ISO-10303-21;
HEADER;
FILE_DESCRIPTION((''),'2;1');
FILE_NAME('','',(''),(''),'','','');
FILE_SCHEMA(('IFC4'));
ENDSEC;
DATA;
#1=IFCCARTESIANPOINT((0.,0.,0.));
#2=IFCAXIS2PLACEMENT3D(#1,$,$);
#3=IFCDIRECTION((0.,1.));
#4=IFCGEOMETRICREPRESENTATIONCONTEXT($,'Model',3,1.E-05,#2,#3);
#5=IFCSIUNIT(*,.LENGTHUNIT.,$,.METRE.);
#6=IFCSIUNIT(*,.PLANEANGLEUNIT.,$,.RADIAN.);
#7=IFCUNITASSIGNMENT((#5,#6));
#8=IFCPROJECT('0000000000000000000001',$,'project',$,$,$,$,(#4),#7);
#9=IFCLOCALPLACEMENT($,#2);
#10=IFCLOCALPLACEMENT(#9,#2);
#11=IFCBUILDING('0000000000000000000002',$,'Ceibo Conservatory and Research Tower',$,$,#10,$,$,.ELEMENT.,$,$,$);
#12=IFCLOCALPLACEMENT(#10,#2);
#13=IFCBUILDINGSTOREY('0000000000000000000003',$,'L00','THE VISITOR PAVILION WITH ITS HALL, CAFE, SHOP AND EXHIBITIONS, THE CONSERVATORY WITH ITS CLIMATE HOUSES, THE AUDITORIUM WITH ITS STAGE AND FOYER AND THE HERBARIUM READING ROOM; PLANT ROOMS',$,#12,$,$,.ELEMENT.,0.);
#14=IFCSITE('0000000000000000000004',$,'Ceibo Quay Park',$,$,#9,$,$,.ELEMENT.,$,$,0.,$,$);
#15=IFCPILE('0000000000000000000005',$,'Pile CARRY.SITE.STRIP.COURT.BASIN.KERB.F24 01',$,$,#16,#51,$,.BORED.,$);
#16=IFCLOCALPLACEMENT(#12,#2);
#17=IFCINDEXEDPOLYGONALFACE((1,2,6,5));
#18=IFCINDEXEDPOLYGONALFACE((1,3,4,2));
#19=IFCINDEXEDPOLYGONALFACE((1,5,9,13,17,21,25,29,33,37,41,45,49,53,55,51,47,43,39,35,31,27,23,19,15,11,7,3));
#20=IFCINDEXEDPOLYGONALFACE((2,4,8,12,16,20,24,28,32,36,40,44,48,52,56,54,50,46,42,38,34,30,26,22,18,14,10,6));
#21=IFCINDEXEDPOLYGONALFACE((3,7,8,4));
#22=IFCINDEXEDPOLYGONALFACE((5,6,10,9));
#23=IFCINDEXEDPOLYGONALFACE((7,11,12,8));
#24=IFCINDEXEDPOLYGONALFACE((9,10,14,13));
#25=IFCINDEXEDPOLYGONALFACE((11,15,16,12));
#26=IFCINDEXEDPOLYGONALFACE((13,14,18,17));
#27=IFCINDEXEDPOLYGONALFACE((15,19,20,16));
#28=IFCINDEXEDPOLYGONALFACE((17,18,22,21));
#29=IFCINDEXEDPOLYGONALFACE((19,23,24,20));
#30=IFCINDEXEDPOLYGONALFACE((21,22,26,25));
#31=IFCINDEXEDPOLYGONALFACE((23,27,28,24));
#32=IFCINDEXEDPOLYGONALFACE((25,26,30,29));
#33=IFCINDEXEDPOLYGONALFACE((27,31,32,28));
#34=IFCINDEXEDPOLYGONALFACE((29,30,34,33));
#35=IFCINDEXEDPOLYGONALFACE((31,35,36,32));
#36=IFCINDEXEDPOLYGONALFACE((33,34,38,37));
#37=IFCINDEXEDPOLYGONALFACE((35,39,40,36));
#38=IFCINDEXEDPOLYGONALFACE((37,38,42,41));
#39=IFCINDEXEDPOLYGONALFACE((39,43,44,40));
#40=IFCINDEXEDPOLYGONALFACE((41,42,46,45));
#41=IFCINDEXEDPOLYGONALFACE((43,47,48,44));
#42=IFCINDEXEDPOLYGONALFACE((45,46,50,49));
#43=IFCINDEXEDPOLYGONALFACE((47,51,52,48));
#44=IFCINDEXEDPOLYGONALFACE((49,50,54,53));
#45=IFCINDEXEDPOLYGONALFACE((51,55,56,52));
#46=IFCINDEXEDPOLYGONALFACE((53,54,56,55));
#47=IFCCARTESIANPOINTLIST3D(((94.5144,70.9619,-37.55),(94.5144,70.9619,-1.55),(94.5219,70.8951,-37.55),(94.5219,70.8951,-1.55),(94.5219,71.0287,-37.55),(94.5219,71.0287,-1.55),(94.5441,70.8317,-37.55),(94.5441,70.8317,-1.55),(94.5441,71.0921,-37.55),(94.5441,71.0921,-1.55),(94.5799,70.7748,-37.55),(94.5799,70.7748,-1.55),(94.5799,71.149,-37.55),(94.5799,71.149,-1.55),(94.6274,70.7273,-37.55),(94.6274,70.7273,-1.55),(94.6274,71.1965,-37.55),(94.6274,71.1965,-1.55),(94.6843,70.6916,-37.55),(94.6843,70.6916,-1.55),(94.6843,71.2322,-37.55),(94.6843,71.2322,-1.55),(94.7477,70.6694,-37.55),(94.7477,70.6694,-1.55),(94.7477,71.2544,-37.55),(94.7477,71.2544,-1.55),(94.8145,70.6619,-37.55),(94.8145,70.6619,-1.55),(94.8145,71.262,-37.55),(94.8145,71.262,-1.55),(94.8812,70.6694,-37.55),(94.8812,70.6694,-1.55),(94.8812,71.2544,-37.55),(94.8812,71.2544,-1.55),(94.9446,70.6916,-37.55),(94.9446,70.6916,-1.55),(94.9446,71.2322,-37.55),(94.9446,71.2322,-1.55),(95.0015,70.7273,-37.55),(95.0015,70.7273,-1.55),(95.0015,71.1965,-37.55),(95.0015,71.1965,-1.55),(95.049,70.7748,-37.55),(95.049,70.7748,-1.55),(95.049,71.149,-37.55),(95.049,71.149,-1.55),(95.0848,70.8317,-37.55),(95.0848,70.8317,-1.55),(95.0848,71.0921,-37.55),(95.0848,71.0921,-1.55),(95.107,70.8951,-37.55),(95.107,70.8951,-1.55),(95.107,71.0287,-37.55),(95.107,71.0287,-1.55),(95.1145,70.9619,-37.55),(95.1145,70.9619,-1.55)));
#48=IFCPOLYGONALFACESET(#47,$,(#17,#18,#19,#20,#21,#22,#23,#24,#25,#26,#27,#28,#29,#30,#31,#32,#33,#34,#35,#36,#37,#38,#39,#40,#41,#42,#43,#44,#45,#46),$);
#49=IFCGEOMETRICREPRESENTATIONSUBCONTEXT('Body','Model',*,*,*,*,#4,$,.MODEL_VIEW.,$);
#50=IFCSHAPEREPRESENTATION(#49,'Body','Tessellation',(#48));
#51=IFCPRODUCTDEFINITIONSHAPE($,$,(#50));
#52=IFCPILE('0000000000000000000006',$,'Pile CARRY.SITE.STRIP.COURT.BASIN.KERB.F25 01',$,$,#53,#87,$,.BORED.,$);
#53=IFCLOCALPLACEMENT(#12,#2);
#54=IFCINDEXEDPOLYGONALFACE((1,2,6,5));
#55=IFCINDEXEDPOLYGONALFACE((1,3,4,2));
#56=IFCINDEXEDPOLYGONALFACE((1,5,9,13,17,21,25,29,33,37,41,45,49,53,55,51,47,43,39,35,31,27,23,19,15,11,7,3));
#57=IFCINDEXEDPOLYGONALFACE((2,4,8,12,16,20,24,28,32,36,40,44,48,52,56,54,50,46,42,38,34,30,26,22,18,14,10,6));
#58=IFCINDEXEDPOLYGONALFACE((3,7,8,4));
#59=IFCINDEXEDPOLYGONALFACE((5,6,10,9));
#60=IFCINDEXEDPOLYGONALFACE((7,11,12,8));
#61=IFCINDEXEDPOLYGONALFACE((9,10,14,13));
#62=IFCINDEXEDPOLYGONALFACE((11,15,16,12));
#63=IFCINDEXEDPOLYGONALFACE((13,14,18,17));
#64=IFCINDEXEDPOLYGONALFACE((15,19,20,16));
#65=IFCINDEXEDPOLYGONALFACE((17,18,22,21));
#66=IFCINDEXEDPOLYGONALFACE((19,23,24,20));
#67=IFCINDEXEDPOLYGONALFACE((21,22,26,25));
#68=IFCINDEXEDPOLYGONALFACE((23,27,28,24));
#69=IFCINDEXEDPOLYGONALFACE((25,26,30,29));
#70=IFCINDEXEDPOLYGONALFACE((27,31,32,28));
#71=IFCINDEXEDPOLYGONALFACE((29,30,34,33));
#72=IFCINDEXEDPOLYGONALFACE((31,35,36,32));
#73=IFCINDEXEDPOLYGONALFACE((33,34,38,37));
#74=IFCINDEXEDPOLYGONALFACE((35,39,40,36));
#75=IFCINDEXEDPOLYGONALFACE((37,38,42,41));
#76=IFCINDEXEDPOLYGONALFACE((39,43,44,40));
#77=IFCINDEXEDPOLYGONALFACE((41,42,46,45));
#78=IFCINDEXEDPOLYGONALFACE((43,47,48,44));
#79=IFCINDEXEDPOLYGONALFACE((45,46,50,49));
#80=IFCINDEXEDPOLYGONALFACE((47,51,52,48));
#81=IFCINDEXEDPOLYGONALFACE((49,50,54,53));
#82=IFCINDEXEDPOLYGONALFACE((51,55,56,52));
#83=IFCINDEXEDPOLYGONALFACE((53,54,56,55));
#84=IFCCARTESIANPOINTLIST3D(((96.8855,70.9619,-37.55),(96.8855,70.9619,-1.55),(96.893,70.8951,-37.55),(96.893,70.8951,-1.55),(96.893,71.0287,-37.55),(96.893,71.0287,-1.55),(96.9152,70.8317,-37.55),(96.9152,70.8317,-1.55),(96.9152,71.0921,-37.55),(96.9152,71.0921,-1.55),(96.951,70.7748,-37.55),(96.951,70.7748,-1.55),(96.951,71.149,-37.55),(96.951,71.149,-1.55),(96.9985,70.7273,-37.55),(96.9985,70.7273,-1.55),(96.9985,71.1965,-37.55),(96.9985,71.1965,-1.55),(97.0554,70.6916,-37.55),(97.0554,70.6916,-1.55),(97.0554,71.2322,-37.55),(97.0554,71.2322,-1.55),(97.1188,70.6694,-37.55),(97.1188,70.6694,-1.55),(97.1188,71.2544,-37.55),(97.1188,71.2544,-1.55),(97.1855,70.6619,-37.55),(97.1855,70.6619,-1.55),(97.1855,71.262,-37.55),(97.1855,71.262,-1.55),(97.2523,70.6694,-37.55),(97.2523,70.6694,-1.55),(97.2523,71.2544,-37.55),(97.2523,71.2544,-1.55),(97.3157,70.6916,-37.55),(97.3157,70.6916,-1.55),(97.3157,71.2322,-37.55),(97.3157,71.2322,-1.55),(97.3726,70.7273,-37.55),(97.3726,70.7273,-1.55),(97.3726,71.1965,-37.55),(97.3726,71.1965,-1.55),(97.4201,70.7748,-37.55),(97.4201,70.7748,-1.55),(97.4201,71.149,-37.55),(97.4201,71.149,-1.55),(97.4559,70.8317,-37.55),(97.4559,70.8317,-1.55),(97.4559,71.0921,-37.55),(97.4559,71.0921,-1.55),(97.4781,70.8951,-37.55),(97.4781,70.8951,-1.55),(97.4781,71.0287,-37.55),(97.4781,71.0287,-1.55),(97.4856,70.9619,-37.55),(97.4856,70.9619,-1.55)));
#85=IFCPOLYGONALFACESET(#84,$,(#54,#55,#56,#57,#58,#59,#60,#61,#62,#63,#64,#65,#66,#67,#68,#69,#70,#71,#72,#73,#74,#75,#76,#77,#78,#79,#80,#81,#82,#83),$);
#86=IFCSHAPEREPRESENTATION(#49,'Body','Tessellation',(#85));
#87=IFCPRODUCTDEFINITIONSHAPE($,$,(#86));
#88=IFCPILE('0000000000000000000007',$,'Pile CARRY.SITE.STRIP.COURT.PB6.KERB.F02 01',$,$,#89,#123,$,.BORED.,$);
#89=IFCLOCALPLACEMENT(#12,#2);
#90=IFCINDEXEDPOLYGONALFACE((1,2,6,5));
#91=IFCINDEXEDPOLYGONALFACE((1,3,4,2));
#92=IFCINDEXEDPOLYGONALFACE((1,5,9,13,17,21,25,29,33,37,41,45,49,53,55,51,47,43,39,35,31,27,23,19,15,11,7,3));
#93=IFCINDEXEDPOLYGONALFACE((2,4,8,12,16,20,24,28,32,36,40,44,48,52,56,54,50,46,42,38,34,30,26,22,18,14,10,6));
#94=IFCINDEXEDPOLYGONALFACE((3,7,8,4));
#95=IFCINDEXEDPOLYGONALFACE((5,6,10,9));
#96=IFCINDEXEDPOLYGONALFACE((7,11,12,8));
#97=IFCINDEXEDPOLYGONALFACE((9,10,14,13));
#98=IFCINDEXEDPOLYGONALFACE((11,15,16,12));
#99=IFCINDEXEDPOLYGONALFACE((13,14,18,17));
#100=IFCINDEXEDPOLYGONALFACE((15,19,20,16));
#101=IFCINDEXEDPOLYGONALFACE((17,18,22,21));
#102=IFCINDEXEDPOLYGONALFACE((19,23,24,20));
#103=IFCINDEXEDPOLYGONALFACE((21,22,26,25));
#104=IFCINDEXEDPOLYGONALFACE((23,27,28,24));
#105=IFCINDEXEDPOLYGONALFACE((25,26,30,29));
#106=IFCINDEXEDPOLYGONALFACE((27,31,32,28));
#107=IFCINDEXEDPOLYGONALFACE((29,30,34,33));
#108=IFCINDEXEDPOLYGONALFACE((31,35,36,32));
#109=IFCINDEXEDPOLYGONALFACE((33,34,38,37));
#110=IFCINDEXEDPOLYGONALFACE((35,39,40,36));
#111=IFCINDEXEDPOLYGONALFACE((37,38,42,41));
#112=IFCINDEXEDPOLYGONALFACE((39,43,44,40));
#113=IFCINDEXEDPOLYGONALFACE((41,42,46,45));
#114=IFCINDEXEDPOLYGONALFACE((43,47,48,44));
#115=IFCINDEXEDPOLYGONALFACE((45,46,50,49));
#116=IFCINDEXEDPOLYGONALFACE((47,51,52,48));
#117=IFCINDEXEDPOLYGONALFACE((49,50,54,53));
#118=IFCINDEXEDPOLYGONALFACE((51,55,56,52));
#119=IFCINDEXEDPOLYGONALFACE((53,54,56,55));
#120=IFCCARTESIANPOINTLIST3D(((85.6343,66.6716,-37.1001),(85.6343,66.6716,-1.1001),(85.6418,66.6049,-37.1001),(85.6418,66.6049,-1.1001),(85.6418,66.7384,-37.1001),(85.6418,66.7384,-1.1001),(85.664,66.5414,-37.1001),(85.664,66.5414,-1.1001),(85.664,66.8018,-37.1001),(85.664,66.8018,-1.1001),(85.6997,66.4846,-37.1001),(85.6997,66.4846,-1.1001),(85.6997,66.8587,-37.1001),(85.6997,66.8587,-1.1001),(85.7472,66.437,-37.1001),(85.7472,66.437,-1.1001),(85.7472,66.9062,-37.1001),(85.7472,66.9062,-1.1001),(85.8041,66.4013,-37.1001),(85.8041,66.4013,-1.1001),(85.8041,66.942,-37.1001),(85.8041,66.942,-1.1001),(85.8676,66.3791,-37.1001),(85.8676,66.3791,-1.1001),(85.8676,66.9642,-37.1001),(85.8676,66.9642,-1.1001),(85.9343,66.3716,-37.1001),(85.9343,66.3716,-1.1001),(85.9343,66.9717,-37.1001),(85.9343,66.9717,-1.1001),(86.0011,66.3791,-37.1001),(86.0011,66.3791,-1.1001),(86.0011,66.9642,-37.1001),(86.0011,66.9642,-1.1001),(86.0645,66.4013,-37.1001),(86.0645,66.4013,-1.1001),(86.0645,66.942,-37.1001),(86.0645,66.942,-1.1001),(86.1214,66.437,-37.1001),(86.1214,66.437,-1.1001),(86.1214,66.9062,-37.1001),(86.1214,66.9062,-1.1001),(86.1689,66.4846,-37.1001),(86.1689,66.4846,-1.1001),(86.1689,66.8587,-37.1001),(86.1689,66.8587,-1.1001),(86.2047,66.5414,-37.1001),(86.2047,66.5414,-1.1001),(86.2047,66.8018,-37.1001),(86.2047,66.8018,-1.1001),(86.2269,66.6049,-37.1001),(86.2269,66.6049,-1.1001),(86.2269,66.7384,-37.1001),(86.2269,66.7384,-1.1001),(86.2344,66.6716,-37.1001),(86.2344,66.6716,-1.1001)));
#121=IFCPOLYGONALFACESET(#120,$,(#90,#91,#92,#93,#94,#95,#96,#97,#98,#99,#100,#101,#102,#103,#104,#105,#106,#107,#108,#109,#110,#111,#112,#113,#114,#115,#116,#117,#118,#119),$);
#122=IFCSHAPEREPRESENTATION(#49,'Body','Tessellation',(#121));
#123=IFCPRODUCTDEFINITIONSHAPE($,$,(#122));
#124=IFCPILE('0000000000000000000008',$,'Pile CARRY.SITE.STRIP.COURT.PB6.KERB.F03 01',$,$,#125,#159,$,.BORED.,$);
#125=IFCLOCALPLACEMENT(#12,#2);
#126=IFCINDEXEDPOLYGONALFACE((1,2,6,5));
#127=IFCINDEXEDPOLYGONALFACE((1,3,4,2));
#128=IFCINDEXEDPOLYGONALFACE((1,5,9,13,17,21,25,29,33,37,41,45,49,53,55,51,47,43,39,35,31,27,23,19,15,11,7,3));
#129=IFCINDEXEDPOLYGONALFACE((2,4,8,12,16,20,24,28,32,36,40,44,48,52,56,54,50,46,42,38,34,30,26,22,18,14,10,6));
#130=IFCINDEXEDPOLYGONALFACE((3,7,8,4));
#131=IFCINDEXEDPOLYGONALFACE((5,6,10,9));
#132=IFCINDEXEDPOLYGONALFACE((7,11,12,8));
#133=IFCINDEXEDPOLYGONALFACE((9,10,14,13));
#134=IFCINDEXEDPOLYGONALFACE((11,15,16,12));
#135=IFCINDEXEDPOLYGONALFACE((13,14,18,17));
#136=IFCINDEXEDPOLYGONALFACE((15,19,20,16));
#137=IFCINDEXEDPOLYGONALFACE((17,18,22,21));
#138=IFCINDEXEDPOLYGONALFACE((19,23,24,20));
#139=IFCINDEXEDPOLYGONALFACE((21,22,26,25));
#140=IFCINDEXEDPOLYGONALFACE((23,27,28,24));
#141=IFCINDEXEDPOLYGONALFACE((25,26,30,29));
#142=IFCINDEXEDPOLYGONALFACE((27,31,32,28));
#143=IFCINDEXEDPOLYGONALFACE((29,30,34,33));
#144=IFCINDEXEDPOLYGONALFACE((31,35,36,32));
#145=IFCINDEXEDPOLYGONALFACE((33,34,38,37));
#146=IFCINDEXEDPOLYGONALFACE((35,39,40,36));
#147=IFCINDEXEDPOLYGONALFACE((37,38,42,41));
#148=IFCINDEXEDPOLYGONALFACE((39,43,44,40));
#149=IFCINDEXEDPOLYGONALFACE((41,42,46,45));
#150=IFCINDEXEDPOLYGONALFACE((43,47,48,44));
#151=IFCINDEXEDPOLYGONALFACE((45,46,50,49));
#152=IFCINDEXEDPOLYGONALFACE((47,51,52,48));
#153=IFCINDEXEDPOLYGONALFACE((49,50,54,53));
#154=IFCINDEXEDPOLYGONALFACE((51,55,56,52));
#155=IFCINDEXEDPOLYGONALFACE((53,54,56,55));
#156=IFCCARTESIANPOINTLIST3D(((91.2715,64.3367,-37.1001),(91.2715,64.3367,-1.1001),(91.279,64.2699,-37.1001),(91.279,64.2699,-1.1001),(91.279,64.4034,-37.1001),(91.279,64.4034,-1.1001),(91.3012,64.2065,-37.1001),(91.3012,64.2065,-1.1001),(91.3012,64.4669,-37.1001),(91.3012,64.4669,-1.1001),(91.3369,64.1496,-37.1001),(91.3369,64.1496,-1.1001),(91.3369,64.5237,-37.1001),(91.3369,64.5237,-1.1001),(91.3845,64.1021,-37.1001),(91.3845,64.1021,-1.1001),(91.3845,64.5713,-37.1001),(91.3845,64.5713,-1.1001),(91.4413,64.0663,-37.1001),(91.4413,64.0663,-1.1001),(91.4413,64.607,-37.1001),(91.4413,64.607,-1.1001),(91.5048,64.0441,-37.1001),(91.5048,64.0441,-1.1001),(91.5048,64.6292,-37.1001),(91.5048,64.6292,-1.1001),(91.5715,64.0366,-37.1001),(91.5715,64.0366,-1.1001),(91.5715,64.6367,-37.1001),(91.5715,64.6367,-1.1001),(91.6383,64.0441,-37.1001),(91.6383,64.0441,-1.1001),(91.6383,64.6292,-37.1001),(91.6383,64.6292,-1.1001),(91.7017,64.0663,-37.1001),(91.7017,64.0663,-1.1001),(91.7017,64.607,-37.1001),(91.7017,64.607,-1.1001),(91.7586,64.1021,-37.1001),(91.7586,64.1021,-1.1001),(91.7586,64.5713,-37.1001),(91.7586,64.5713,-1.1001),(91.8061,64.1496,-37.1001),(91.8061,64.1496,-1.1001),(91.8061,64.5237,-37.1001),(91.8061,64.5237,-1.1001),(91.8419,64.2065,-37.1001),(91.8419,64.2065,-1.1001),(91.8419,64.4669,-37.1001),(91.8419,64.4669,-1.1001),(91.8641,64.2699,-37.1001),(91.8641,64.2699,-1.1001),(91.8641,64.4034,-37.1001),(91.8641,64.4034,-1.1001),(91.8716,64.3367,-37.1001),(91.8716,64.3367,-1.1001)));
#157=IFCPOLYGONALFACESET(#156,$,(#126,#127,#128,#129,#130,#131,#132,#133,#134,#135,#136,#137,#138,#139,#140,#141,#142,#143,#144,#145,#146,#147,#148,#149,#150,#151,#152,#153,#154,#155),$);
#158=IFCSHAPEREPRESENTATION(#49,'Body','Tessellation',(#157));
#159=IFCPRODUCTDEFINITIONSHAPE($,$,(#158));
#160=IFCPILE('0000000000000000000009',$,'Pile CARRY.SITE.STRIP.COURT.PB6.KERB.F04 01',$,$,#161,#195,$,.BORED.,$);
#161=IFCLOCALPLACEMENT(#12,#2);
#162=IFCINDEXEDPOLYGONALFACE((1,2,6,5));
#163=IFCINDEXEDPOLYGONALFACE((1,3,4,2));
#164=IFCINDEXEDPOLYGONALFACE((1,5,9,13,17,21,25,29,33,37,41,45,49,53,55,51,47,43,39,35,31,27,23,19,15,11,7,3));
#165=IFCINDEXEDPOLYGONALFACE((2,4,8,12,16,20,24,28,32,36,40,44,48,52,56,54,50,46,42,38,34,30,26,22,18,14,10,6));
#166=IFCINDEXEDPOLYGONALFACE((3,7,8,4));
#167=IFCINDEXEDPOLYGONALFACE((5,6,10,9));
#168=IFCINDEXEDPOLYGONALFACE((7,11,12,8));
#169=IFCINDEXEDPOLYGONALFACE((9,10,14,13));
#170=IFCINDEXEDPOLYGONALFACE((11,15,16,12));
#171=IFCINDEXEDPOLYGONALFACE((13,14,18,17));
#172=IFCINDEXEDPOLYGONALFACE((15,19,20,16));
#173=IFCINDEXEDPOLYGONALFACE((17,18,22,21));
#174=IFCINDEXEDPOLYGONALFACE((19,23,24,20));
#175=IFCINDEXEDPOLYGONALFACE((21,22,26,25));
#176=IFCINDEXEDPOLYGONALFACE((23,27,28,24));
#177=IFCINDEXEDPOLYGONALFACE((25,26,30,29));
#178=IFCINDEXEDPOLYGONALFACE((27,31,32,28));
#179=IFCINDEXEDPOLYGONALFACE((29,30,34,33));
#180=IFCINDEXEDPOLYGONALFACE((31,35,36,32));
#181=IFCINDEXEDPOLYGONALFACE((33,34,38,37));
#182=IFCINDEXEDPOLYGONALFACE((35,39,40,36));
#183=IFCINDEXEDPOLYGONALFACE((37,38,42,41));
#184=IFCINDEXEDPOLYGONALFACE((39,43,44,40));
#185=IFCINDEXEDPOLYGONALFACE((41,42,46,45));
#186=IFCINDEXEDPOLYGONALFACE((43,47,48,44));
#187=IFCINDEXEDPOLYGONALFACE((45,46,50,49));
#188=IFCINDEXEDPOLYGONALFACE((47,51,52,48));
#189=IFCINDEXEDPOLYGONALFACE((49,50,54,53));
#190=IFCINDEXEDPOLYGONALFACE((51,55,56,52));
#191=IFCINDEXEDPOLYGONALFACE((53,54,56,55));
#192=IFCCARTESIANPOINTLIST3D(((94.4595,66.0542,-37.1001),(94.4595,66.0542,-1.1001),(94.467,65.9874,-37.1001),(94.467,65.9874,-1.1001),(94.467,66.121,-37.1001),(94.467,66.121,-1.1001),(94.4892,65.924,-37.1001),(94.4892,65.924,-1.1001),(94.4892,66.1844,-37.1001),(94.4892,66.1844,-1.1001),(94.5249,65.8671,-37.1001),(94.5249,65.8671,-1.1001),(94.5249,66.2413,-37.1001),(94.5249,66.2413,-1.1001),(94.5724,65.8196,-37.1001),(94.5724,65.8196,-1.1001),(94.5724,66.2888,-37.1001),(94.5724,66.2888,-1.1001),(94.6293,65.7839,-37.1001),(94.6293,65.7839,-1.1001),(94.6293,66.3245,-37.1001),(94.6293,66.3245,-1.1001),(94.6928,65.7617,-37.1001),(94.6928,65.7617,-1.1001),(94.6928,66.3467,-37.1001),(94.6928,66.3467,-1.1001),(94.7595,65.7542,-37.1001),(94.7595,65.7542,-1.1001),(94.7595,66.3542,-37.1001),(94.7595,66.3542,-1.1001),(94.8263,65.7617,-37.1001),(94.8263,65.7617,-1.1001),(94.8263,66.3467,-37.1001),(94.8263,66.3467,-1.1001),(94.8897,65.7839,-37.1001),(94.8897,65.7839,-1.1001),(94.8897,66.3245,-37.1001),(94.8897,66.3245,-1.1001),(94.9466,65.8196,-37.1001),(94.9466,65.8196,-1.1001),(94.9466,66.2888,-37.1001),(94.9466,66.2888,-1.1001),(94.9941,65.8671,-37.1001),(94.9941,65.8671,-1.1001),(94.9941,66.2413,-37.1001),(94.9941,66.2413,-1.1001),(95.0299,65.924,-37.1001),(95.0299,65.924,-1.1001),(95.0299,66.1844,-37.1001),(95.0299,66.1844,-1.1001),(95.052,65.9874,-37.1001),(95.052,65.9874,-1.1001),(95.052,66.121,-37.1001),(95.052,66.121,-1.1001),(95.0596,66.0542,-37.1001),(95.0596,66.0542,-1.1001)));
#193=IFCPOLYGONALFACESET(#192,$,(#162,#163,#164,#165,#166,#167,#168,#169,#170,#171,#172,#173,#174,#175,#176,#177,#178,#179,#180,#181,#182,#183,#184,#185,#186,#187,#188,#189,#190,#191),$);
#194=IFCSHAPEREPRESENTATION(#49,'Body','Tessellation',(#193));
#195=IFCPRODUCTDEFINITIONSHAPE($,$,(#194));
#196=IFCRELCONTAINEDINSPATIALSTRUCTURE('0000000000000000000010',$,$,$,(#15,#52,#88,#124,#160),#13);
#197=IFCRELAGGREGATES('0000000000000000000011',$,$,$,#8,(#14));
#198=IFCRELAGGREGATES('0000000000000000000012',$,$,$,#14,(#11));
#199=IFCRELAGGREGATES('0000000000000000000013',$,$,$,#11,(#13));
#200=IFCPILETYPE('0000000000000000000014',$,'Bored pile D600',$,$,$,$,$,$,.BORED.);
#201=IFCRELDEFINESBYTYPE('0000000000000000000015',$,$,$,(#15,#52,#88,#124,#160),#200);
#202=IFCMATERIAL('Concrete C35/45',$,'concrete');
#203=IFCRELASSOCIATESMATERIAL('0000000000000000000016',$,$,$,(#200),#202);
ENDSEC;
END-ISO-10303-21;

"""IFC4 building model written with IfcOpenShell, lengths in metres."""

from ifc_helpers import new_model, si_unit, direction, frame, origin, origin_2d, place, context, subcontext, project, spatial, circle, extrude, material, material_profile, profile_set, type_object, element, save


model = new_model("IFC4")

# Units and contexts
model_context = context("Model", 3, precision=1e-05, world=origin(), true_north=direction((0.0, 1.0)))
body_context = subcontext(model_context, "Body", "Model", "MODEL_VIEW")
ifc_project = project(units=[si_unit("LENGTHUNIT", "METRE"), si_unit("PLANEANGLEUNIT", "RADIAN")], contexts=[model_context])

# Site, building, storey
site_placement = place(None, origin())
site = spatial("IfcSite", under=ifc_project, at=site_placement, Name="Ceibo Quay Park", CompositionType="ELEMENT", RefElevation=0.0)
building_placement = place(site_placement, origin())
building = spatial("IfcBuilding", under=site, at=building_placement, Name="Ceibo Conservatory and Research Tower", CompositionType="ELEMENT")
storey_placement = place(building_placement, origin())
storey = spatial("IfcBuildingStorey", under=building, at=storey_placement, Name="L00", Description="THE VISITOR PAVILION WITH ITS HALL, CAFE, SHOP AND EXHIBITIONS, THE CONSERVATORY WITH ITS CLIMATE HOUSES, THE AUDITORIUM WITH ITS STAGE AND FOYER AND THE HERBARIUM READING ROOM; PLANT ROOMS", CompositionType="ELEMENT", Elevation=0.0)

# Piles
ifc_material_1 = material(Name="Concrete C35/45", Category="concrete")
ifc_material_profile_1 = material_profile(ifc_material_1, circle(Radius=0.3, at=origin_2d()), Name="RC D600")
ifc_profile_set_1 = profile_set([ifc_material_profile_1], Name="Concrete C35/45")
pile_type = type_object("IfcPileType", Name="Bored pile D600", PredefinedType="BORED", material=ifc_profile_set_1)
for number, where, z_axis, x_axis, name in (
    (1, (94.8145, 70.9619, -1.55), (0.0, 0.0, -1.0), (1.0, 0.0, 0.0), "Pile CARRY.SITE.STRIP.COURT.BASIN.KERB.F24 01"),
    (2, (97.1855, 70.9619, -1.55), (0.0, 0.0, -1.0), (1.0, 0.0, 0.0), "Pile CARRY.SITE.STRIP.COURT.BASIN.KERB.F25 01"),
    (3, (85.9343, 66.6716, -1.1001), (0.0, 0.0, -1.0), (1.0, 0.0, 0.0), "Pile CARRY.SITE.STRIP.COURT.PB6.KERB.F02 01"),
    (4, (91.5715, 64.3367, -1.1001), (0.0, 0.0, -1.0), (1.0, 0.0, 0.0), "Pile CARRY.SITE.STRIP.COURT.PB6.KERB.F03 01"),
    (5, (94.7595, 66.0542, -1.1001), (0.0, 0.0, -1.0), (1.0, 0.0, 0.0), "Pile CARRY.SITE.STRIP.COURT.PB6.KERB.F04 01"),
):
    element("IfcPile", number, at=place(storey_placement, frame(where, z_axis=z_axis, x_axis=x_axis)), inside=storey, type_object=pile_type, Name=name, PredefinedType="BORED", context=body_context, shape_type="SweptSolid", body=[
        extrude(circle(Radius=0.3, at=origin_2d()), origin(), (0.0, 0.0, 1.0), 36.0),
    ])

save(model, "model.ifc")
